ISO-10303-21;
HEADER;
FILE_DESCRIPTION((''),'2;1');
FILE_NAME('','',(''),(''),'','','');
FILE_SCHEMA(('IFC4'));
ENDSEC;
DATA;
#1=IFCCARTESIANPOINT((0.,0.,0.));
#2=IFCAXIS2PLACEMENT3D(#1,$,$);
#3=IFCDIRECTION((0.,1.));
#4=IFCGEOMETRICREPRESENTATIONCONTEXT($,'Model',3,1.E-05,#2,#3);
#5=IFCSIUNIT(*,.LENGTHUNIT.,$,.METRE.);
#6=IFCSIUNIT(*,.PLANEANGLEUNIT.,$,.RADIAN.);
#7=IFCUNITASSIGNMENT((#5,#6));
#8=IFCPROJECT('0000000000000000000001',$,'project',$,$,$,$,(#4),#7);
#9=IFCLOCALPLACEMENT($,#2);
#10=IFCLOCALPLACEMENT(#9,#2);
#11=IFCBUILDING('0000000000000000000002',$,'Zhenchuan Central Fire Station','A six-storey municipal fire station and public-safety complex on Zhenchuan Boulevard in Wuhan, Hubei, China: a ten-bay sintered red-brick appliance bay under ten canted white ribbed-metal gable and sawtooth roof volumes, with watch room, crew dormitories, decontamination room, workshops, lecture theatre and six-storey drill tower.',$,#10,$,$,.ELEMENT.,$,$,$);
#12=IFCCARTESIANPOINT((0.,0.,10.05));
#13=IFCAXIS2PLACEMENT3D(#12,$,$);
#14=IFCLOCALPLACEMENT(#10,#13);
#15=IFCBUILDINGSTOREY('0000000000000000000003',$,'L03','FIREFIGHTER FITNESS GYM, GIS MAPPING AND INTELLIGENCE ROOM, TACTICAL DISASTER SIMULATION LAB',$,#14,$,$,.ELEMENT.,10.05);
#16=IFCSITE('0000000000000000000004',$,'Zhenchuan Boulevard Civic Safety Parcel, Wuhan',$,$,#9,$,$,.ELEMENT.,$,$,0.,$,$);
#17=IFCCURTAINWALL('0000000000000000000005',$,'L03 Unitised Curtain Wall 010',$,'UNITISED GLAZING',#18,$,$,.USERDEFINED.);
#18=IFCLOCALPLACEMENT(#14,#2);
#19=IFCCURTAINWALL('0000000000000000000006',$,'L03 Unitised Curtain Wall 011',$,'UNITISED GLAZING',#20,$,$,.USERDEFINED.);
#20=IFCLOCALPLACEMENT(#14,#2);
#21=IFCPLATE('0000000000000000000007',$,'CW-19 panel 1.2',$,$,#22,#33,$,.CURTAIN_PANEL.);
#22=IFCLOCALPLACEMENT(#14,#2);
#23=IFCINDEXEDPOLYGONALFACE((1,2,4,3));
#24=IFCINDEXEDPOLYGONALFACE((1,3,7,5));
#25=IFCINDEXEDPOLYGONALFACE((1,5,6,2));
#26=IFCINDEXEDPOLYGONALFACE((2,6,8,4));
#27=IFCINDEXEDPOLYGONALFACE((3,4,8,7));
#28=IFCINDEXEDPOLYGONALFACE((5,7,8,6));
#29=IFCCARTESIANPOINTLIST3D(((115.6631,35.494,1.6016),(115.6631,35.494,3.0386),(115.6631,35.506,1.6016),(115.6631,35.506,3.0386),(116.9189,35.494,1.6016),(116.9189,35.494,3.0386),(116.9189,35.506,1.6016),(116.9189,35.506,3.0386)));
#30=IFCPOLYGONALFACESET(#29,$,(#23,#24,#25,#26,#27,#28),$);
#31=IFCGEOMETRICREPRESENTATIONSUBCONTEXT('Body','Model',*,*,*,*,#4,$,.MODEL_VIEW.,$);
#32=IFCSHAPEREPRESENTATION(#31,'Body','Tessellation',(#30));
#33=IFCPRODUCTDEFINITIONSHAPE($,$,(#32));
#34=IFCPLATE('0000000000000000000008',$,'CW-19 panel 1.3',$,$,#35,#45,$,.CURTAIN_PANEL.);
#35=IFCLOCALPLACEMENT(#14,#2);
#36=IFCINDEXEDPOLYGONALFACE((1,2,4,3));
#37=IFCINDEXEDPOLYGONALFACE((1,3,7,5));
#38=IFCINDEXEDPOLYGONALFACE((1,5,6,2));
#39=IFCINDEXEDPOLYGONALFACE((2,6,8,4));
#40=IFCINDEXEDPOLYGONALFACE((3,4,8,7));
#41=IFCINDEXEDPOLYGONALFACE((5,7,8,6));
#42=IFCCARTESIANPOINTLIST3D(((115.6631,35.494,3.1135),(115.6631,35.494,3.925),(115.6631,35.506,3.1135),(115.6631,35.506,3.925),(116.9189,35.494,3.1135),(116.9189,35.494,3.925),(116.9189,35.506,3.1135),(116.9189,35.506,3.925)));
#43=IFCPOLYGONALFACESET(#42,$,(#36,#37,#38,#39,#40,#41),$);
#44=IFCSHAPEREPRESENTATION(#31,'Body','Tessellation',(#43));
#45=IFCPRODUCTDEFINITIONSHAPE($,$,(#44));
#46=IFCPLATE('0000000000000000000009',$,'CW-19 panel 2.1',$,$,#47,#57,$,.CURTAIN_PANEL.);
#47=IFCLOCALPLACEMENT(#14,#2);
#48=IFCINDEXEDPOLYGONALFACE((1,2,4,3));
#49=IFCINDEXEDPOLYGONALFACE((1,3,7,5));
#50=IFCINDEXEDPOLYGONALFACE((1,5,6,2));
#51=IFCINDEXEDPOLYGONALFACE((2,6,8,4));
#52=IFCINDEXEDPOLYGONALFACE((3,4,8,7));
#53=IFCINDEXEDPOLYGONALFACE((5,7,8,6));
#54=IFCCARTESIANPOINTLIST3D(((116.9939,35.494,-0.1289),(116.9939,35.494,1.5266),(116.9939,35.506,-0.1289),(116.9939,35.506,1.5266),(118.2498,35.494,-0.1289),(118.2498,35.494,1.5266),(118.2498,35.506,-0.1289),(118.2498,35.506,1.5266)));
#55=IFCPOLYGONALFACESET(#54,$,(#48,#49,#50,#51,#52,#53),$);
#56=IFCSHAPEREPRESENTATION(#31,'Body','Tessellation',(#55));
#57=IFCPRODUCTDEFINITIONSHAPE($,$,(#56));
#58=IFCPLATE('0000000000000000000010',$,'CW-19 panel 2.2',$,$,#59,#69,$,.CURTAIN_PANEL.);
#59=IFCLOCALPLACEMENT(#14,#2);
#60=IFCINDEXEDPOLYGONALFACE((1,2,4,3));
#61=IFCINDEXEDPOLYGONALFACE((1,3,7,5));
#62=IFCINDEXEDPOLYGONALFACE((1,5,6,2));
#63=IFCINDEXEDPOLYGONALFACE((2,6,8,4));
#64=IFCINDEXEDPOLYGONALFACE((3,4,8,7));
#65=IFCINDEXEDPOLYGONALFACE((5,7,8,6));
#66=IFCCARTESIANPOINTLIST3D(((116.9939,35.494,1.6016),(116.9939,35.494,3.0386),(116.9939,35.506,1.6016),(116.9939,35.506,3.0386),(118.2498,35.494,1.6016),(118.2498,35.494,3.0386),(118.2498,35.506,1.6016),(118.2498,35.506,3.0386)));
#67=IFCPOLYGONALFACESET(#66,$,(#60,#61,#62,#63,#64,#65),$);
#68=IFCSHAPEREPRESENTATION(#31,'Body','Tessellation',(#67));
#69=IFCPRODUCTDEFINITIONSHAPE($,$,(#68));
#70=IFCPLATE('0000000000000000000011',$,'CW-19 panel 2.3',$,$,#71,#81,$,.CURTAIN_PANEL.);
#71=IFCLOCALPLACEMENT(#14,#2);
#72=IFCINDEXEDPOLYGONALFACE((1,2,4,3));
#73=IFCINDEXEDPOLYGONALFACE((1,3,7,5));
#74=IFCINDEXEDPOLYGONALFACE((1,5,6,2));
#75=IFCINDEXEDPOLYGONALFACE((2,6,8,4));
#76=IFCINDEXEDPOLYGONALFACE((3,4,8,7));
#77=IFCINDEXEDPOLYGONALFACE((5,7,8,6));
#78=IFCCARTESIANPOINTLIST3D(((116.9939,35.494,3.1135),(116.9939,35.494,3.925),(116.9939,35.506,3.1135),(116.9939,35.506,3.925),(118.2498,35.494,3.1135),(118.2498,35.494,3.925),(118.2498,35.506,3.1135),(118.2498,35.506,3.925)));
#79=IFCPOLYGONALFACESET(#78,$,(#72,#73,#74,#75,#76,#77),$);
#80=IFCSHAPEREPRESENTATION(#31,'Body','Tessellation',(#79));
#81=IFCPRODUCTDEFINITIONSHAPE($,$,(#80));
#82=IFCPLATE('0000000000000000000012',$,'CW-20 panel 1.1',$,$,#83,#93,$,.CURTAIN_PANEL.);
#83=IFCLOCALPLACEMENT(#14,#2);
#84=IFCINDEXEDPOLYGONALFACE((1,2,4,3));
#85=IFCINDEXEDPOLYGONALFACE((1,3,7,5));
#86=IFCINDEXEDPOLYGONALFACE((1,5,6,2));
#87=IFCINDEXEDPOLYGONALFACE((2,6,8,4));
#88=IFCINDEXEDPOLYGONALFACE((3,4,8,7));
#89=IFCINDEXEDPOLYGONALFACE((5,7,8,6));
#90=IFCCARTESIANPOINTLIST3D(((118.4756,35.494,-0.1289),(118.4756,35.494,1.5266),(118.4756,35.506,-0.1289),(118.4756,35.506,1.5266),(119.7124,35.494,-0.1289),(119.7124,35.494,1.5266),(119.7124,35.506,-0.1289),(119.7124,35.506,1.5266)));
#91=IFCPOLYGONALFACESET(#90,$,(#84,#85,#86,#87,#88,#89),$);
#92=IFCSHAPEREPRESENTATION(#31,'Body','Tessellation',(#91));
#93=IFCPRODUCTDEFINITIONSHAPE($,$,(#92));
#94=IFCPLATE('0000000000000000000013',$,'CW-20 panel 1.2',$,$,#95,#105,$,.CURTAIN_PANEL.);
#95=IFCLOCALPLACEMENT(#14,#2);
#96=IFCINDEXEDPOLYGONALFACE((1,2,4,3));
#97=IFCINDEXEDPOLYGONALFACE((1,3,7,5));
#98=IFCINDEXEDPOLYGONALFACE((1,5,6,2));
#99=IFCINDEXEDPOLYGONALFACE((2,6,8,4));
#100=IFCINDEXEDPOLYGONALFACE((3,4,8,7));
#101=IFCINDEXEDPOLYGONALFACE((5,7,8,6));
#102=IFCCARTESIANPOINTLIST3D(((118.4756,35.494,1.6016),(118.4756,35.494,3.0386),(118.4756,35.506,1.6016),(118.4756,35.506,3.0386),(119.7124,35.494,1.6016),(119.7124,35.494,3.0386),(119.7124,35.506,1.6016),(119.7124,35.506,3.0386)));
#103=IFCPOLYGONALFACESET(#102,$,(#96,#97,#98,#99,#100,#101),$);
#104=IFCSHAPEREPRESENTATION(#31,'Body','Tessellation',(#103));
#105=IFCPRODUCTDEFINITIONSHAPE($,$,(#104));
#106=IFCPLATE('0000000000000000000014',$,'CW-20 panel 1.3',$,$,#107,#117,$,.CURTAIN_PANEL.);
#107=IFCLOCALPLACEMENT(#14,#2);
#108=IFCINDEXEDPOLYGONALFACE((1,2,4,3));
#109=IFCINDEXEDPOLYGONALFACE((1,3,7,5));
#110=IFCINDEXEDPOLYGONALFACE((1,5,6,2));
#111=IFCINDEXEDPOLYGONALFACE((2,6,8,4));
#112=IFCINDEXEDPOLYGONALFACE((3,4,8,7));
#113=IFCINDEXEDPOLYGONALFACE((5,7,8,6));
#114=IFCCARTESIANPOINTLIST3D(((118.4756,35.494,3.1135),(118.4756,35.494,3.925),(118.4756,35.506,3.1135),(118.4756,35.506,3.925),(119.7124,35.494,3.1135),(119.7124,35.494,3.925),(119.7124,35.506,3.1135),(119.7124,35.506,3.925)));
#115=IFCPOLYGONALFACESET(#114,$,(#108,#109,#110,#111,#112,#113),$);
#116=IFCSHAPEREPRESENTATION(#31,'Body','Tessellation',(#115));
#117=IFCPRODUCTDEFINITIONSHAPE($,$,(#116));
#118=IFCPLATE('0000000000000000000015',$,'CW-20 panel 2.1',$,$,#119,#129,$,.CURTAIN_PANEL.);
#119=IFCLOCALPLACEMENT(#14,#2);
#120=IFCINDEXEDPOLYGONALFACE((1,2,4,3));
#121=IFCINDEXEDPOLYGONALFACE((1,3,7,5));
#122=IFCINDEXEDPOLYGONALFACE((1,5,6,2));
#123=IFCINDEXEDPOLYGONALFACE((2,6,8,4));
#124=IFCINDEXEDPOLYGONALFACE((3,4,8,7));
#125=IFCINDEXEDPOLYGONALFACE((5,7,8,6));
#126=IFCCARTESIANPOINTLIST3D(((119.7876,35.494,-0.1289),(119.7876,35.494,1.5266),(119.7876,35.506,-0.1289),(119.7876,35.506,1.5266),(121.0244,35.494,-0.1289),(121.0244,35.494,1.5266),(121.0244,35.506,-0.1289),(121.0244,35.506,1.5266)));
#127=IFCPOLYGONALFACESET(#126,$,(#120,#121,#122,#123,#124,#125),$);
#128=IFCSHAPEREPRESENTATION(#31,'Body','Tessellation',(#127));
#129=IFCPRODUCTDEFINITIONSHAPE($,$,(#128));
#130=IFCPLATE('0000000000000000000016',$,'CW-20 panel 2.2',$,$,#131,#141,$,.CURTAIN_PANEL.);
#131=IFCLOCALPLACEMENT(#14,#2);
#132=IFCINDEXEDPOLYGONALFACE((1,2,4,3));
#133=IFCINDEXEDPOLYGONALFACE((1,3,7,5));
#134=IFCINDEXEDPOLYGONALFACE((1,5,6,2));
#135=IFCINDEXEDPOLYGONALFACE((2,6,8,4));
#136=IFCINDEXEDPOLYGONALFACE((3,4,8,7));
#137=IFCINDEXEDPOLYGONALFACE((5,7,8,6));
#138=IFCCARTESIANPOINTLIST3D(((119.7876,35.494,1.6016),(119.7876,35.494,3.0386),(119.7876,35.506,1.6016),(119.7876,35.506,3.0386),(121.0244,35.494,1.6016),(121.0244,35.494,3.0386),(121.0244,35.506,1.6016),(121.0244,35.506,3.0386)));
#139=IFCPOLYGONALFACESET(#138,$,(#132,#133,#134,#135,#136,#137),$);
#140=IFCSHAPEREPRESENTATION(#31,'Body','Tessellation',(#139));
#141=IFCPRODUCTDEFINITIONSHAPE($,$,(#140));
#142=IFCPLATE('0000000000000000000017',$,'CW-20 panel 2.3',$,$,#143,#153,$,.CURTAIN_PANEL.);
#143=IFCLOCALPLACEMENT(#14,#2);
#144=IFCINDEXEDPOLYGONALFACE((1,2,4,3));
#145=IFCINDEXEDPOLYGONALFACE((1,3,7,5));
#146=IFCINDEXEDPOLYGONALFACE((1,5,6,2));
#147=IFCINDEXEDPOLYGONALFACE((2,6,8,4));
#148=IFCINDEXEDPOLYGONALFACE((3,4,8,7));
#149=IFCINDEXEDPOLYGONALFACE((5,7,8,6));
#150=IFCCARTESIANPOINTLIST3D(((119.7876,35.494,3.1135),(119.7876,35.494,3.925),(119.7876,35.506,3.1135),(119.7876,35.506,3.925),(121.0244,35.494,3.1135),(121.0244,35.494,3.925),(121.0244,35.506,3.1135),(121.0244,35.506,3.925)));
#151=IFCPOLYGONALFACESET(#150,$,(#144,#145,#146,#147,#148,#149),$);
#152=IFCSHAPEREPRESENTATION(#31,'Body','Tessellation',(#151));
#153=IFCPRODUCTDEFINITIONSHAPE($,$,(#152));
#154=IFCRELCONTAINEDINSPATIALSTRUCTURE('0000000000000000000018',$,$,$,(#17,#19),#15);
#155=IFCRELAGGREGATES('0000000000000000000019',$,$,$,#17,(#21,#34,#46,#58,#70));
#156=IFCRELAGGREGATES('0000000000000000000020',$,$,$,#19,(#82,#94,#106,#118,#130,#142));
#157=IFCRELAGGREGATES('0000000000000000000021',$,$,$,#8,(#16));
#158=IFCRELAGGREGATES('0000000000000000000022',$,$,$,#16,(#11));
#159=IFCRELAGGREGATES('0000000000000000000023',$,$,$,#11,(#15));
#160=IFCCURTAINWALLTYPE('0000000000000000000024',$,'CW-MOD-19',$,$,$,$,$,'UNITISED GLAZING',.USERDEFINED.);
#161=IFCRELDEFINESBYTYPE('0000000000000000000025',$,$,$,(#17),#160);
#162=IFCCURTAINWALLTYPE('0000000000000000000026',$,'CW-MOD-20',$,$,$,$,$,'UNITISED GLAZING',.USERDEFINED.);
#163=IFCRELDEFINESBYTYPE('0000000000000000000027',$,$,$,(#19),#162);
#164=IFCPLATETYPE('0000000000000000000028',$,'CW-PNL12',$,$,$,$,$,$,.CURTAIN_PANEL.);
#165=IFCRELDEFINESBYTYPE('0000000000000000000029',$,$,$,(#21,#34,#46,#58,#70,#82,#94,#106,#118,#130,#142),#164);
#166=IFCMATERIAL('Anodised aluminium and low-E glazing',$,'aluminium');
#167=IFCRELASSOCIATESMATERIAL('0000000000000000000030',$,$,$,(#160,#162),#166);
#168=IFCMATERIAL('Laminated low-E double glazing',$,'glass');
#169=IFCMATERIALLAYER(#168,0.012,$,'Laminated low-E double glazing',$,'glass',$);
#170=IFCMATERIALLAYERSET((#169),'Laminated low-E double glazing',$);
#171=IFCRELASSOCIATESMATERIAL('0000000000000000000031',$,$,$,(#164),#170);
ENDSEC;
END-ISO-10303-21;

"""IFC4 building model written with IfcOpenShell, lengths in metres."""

from ifc_helpers import new_model, si_unit, direction, frame, origin, origin_2d, place, context, subcontext, project, spatial, rectangle, extrude, material, layer, layer_set, type_object, element, aggregate, save


model = new_model("IFC4")

# Units and contexts
model_context = context("Model", 3, precision=1e-05, world=origin(), true_north=direction((0.0, 1.0)))
body_context = subcontext(model_context, "Body", "Model", "MODEL_VIEW")
ifc_project = project(units=[si_unit("LENGTHUNIT", "METRE"), si_unit("PLANEANGLEUNIT", "RADIAN")], contexts=[model_context])

# Site, building, storey
site_placement = place(None, origin())
site = spatial("IfcSite", under=ifc_project, at=site_placement, Name="Zhenchuan Boulevard Civic Safety Parcel, Wuhan", CompositionType="ELEMENT", RefElevation=0.0)
building_placement = place(site_placement, origin())
building = spatial("IfcBuilding", under=site, at=building_placement, Name="Zhenchuan Central Fire Station", Description="A six-storey municipal fire station and public-safety complex on Zhenchuan Boulevard in Wuhan, Hubei, China: a ten-bay sintered red-brick appliance bay under ten canted white ribbed-metal gable and sawtooth roof volumes, with watch room, crew dormitories, decontamination room, workshops, lecture theatre and six-storey drill tower.", CompositionType="ELEMENT")
storey_placement = place(building_placement, frame((0.0, 0.0, 10.05)))
storey = spatial("IfcBuildingStorey", under=building, at=storey_placement, Name="L03", Description="FIREFIGHTER FITNESS GYM, GIS MAPPING AND INTELLIGENCE ROOM, TACTICAL DISASTER SIMULATION LAB", CompositionType="ELEMENT", Elevation=10.05)

# Curtain walls
ifc_material_1 = material(Name="Anodised aluminium and low-E glazing", Category="aluminium")
curtain_wall_type_1 = type_object("IfcCurtainWallType", Name="CW-MOD-19", ElementType="UNITISED GLAZING", PredefinedType="USERDEFINED", material=ifc_material_1)
curtain_wall_1_placement = place(storey_placement, origin())
curtain_wall_1 = element("IfcCurtainWall", 1, at=curtain_wall_1_placement, inside=storey, type_object=curtain_wall_type_1, Name="L03 Unitised Curtain Wall 010", ObjectType="UNITISED GLAZING", PredefinedType="USERDEFINED")
curtain_wall_type_2 = type_object("IfcCurtainWallType", Name="CW-MOD-20", ElementType="UNITISED GLAZING", PredefinedType="USERDEFINED", material=ifc_material_1)
curtain_wall_2_placement = place(storey_placement, origin())
curtain_wall_2 = element("IfcCurtainWall", 2, at=curtain_wall_2_placement, inside=storey, type_object=curtain_wall_type_2, Name="L03 Unitised Curtain Wall 011", ObjectType="UNITISED GLAZING", PredefinedType="USERDEFINED")

# Plates
ifc_material_2 = material(Name="Laminated low-E double glazing", Category="glass")
ifc_layer = layer(ifc_material_2, 0.012, Name="Laminated low-E double glazing", Category="glass")
ifc_layer_set = layer_set([ifc_layer], Name="Laminated low-E double glazing")
plate_type = type_object("IfcPlateType", Name="CW-PNL12", PredefinedType="CURTAIN_PANEL", material=ifc_layer_set)
plate_1_placement = place(storey_placement, frame((116.291, 35.5, 1.6016), z_axis=(0.0, 0.0, 1.0), x_axis=(1.0, 0.0, 0.0)))
plate_1 = element("IfcPlate", 3, at=plate_1_placement, type_object=plate_type, Name="CW-19 panel 1.2", PredefinedType="CURTAIN_PANEL", context=body_context, shape_type="SweptSolid", body=[
    extrude(rectangle(XDim=1.2559, YDim=0.012, at=origin_2d()), origin(), (0.0, 0.0, 1.0), 1.437),
])
plate_2_placement = place(storey_placement, frame((116.291, 35.5, 3.1135), z_axis=(0.0, 0.0, 1.0), x_axis=(1.0, 0.0, 0.0)))
plate_2 = element("IfcPlate", 4, at=plate_2_placement, type_object=plate_type, Name="CW-19 panel 1.3", PredefinedType="CURTAIN_PANEL", context=body_context, shape_type="SweptSolid", body=[
    extrude(rectangle(XDim=1.2559, YDim=0.012, at=origin_2d()), origin(), (0.0, 0.0, 1.0), 0.8115),
])
plate_3_placement = place(storey_placement, frame((117.6218, 35.5, -0.1289), z_axis=(0.0, 0.0, 1.0), x_axis=(1.0, 0.0, 0.0)))
plate_3 = element("IfcPlate", 5, at=plate_3_placement, type_object=plate_type, Name="CW-19 panel 2.1", PredefinedType="CURTAIN_PANEL", context=body_context, shape_type="SweptSolid", body=[
    extrude(rectangle(XDim=1.2559, YDim=0.012, at=origin_2d()), origin(), (0.0, 0.0, 1.0), 1.6555),
])
plate_4_placement = place(storey_placement, frame((117.6218, 35.5, 1.6016), z_axis=(0.0, 0.0, 1.0), x_axis=(1.0, 0.0, 0.0)))
plate_4 = element("IfcPlate", 6, at=plate_4_placement, type_object=plate_type, Name="CW-19 panel 2.2", PredefinedType="CURTAIN_PANEL", context=body_context, shape_type="SweptSolid", body=[
    extrude(rectangle(XDim=1.2559, YDim=0.012, at=origin_2d()), origin(), (0.0, 0.0, 1.0), 1.437),
])
plate_5_placement = place(storey_placement, frame((117.6218, 35.5, 3.1135), z_axis=(0.0, 0.0, 1.0), x_axis=(1.0, 0.0, 0.0)))
plate_5 = element("IfcPlate", 7, at=plate_5_placement, type_object=plate_type, Name="CW-19 panel 2.3", PredefinedType="CURTAIN_PANEL", context=body_context, shape_type="SweptSolid", body=[
    extrude(rectangle(XDim=1.2559, YDim=0.012, at=origin_2d()), origin(), (0.0, 0.0, 1.0), 0.8115),
])
aggregate(curtain_wall_1, [plate_1, plate_2, plate_3, plate_4, plate_5])
plate_6_placement = place(storey_placement, frame((119.094, 35.5, -0.1289), z_axis=(0.0, 0.0, 1.0), x_axis=(1.0, 0.0, 0.0)))
plate_6 = element("IfcPlate", 8, at=plate_6_placement, type_object=plate_type, Name="CW-20 panel 1.1", PredefinedType="CURTAIN_PANEL", context=body_context, shape_type="SweptSolid", body=[
    extrude(rectangle(XDim=1.2368, YDim=0.012, at=origin_2d()), origin(), (0.0, 0.0, 1.0), 1.6555),
])
plate_7_placement = place(storey_placement, frame((119.094, 35.5, 1.6016), z_axis=(0.0, 0.0, 1.0), x_axis=(1.0, 0.0, 0.0)))
plate_7 = element("IfcPlate", 9, at=plate_7_placement, type_object=plate_type, Name="CW-20 panel 1.2", PredefinedType="CURTAIN_PANEL", context=body_context, shape_type="SweptSolid", body=[
    extrude(rectangle(XDim=1.2368, YDim=0.012, at=origin_2d()), origin(), (0.0, 0.0, 1.0), 1.437),
])
plate_8_placement = place(storey_placement, frame((119.094, 35.5, 3.1135), z_axis=(0.0, 0.0, 1.0), x_axis=(1.0, 0.0, 0.0)))
plate_8 = element("IfcPlate", 10, at=plate_8_placement, type_object=plate_type, Name="CW-20 panel 1.3", PredefinedType="CURTAIN_PANEL", context=body_context, shape_type="SweptSolid", body=[
    extrude(rectangle(XDim=1.2368, YDim=0.012, at=origin_2d()), origin(), (0.0, 0.0, 1.0), 0.8115),
])
plate_9_placement = place(storey_placement, frame((120.406, 35.5, -0.1289), z_axis=(0.0, 0.0, 1.0), x_axis=(1.0, 0.0, 0.0)))
plate_9 = element("IfcPlate", 11, at=plate_9_placement, type_object=plate_type, Name="CW-20 panel 2.1", PredefinedType="CURTAIN_PANEL", context=body_context, shape_type="SweptSolid", body=[
    extrude(rectangle(XDim=1.2368, YDim=0.012, at=origin_2d()), origin(), (0.0, 0.0, 1.0), 1.6555),
])
plate_10_placement = place(storey_placement, frame((120.406, 35.5, 1.6016), z_axis=(0.0, 0.0, 1.0), x_axis=(1.0, 0.0, 0.0)))
plate_10 = element("IfcPlate", 12, at=plate_10_placement, type_object=plate_type, Name="CW-20 panel 2.2", PredefinedType="CURTAIN_PANEL", context=body_context, shape_type="SweptSolid", body=[
    extrude(rectangle(XDim=1.2368, YDim=0.012, at=origin_2d()), origin(), (0.0, 0.0, 1.0), 1.437),
])
plate_11_placement = place(storey_placement, frame((120.406, 35.5, 3.1135), z_axis=(0.0, 0.0, 1.0), x_axis=(1.0, 0.0, 0.0)))
plate_11 = element("IfcPlate", 13, at=plate_11_placement, type_object=plate_type, Name="CW-20 panel 2.3", PredefinedType="CURTAIN_PANEL", context=body_context, shape_type="SweptSolid", body=[
    extrude(rectangle(XDim=1.2368, YDim=0.012, at=origin_2d()), origin(), (0.0, 0.0, 1.0), 0.8115),
])
aggregate(curtain_wall_2, [plate_6, plate_7, plate_8, plate_9, plate_10, plate_11])

save(model, "model.ifc")
